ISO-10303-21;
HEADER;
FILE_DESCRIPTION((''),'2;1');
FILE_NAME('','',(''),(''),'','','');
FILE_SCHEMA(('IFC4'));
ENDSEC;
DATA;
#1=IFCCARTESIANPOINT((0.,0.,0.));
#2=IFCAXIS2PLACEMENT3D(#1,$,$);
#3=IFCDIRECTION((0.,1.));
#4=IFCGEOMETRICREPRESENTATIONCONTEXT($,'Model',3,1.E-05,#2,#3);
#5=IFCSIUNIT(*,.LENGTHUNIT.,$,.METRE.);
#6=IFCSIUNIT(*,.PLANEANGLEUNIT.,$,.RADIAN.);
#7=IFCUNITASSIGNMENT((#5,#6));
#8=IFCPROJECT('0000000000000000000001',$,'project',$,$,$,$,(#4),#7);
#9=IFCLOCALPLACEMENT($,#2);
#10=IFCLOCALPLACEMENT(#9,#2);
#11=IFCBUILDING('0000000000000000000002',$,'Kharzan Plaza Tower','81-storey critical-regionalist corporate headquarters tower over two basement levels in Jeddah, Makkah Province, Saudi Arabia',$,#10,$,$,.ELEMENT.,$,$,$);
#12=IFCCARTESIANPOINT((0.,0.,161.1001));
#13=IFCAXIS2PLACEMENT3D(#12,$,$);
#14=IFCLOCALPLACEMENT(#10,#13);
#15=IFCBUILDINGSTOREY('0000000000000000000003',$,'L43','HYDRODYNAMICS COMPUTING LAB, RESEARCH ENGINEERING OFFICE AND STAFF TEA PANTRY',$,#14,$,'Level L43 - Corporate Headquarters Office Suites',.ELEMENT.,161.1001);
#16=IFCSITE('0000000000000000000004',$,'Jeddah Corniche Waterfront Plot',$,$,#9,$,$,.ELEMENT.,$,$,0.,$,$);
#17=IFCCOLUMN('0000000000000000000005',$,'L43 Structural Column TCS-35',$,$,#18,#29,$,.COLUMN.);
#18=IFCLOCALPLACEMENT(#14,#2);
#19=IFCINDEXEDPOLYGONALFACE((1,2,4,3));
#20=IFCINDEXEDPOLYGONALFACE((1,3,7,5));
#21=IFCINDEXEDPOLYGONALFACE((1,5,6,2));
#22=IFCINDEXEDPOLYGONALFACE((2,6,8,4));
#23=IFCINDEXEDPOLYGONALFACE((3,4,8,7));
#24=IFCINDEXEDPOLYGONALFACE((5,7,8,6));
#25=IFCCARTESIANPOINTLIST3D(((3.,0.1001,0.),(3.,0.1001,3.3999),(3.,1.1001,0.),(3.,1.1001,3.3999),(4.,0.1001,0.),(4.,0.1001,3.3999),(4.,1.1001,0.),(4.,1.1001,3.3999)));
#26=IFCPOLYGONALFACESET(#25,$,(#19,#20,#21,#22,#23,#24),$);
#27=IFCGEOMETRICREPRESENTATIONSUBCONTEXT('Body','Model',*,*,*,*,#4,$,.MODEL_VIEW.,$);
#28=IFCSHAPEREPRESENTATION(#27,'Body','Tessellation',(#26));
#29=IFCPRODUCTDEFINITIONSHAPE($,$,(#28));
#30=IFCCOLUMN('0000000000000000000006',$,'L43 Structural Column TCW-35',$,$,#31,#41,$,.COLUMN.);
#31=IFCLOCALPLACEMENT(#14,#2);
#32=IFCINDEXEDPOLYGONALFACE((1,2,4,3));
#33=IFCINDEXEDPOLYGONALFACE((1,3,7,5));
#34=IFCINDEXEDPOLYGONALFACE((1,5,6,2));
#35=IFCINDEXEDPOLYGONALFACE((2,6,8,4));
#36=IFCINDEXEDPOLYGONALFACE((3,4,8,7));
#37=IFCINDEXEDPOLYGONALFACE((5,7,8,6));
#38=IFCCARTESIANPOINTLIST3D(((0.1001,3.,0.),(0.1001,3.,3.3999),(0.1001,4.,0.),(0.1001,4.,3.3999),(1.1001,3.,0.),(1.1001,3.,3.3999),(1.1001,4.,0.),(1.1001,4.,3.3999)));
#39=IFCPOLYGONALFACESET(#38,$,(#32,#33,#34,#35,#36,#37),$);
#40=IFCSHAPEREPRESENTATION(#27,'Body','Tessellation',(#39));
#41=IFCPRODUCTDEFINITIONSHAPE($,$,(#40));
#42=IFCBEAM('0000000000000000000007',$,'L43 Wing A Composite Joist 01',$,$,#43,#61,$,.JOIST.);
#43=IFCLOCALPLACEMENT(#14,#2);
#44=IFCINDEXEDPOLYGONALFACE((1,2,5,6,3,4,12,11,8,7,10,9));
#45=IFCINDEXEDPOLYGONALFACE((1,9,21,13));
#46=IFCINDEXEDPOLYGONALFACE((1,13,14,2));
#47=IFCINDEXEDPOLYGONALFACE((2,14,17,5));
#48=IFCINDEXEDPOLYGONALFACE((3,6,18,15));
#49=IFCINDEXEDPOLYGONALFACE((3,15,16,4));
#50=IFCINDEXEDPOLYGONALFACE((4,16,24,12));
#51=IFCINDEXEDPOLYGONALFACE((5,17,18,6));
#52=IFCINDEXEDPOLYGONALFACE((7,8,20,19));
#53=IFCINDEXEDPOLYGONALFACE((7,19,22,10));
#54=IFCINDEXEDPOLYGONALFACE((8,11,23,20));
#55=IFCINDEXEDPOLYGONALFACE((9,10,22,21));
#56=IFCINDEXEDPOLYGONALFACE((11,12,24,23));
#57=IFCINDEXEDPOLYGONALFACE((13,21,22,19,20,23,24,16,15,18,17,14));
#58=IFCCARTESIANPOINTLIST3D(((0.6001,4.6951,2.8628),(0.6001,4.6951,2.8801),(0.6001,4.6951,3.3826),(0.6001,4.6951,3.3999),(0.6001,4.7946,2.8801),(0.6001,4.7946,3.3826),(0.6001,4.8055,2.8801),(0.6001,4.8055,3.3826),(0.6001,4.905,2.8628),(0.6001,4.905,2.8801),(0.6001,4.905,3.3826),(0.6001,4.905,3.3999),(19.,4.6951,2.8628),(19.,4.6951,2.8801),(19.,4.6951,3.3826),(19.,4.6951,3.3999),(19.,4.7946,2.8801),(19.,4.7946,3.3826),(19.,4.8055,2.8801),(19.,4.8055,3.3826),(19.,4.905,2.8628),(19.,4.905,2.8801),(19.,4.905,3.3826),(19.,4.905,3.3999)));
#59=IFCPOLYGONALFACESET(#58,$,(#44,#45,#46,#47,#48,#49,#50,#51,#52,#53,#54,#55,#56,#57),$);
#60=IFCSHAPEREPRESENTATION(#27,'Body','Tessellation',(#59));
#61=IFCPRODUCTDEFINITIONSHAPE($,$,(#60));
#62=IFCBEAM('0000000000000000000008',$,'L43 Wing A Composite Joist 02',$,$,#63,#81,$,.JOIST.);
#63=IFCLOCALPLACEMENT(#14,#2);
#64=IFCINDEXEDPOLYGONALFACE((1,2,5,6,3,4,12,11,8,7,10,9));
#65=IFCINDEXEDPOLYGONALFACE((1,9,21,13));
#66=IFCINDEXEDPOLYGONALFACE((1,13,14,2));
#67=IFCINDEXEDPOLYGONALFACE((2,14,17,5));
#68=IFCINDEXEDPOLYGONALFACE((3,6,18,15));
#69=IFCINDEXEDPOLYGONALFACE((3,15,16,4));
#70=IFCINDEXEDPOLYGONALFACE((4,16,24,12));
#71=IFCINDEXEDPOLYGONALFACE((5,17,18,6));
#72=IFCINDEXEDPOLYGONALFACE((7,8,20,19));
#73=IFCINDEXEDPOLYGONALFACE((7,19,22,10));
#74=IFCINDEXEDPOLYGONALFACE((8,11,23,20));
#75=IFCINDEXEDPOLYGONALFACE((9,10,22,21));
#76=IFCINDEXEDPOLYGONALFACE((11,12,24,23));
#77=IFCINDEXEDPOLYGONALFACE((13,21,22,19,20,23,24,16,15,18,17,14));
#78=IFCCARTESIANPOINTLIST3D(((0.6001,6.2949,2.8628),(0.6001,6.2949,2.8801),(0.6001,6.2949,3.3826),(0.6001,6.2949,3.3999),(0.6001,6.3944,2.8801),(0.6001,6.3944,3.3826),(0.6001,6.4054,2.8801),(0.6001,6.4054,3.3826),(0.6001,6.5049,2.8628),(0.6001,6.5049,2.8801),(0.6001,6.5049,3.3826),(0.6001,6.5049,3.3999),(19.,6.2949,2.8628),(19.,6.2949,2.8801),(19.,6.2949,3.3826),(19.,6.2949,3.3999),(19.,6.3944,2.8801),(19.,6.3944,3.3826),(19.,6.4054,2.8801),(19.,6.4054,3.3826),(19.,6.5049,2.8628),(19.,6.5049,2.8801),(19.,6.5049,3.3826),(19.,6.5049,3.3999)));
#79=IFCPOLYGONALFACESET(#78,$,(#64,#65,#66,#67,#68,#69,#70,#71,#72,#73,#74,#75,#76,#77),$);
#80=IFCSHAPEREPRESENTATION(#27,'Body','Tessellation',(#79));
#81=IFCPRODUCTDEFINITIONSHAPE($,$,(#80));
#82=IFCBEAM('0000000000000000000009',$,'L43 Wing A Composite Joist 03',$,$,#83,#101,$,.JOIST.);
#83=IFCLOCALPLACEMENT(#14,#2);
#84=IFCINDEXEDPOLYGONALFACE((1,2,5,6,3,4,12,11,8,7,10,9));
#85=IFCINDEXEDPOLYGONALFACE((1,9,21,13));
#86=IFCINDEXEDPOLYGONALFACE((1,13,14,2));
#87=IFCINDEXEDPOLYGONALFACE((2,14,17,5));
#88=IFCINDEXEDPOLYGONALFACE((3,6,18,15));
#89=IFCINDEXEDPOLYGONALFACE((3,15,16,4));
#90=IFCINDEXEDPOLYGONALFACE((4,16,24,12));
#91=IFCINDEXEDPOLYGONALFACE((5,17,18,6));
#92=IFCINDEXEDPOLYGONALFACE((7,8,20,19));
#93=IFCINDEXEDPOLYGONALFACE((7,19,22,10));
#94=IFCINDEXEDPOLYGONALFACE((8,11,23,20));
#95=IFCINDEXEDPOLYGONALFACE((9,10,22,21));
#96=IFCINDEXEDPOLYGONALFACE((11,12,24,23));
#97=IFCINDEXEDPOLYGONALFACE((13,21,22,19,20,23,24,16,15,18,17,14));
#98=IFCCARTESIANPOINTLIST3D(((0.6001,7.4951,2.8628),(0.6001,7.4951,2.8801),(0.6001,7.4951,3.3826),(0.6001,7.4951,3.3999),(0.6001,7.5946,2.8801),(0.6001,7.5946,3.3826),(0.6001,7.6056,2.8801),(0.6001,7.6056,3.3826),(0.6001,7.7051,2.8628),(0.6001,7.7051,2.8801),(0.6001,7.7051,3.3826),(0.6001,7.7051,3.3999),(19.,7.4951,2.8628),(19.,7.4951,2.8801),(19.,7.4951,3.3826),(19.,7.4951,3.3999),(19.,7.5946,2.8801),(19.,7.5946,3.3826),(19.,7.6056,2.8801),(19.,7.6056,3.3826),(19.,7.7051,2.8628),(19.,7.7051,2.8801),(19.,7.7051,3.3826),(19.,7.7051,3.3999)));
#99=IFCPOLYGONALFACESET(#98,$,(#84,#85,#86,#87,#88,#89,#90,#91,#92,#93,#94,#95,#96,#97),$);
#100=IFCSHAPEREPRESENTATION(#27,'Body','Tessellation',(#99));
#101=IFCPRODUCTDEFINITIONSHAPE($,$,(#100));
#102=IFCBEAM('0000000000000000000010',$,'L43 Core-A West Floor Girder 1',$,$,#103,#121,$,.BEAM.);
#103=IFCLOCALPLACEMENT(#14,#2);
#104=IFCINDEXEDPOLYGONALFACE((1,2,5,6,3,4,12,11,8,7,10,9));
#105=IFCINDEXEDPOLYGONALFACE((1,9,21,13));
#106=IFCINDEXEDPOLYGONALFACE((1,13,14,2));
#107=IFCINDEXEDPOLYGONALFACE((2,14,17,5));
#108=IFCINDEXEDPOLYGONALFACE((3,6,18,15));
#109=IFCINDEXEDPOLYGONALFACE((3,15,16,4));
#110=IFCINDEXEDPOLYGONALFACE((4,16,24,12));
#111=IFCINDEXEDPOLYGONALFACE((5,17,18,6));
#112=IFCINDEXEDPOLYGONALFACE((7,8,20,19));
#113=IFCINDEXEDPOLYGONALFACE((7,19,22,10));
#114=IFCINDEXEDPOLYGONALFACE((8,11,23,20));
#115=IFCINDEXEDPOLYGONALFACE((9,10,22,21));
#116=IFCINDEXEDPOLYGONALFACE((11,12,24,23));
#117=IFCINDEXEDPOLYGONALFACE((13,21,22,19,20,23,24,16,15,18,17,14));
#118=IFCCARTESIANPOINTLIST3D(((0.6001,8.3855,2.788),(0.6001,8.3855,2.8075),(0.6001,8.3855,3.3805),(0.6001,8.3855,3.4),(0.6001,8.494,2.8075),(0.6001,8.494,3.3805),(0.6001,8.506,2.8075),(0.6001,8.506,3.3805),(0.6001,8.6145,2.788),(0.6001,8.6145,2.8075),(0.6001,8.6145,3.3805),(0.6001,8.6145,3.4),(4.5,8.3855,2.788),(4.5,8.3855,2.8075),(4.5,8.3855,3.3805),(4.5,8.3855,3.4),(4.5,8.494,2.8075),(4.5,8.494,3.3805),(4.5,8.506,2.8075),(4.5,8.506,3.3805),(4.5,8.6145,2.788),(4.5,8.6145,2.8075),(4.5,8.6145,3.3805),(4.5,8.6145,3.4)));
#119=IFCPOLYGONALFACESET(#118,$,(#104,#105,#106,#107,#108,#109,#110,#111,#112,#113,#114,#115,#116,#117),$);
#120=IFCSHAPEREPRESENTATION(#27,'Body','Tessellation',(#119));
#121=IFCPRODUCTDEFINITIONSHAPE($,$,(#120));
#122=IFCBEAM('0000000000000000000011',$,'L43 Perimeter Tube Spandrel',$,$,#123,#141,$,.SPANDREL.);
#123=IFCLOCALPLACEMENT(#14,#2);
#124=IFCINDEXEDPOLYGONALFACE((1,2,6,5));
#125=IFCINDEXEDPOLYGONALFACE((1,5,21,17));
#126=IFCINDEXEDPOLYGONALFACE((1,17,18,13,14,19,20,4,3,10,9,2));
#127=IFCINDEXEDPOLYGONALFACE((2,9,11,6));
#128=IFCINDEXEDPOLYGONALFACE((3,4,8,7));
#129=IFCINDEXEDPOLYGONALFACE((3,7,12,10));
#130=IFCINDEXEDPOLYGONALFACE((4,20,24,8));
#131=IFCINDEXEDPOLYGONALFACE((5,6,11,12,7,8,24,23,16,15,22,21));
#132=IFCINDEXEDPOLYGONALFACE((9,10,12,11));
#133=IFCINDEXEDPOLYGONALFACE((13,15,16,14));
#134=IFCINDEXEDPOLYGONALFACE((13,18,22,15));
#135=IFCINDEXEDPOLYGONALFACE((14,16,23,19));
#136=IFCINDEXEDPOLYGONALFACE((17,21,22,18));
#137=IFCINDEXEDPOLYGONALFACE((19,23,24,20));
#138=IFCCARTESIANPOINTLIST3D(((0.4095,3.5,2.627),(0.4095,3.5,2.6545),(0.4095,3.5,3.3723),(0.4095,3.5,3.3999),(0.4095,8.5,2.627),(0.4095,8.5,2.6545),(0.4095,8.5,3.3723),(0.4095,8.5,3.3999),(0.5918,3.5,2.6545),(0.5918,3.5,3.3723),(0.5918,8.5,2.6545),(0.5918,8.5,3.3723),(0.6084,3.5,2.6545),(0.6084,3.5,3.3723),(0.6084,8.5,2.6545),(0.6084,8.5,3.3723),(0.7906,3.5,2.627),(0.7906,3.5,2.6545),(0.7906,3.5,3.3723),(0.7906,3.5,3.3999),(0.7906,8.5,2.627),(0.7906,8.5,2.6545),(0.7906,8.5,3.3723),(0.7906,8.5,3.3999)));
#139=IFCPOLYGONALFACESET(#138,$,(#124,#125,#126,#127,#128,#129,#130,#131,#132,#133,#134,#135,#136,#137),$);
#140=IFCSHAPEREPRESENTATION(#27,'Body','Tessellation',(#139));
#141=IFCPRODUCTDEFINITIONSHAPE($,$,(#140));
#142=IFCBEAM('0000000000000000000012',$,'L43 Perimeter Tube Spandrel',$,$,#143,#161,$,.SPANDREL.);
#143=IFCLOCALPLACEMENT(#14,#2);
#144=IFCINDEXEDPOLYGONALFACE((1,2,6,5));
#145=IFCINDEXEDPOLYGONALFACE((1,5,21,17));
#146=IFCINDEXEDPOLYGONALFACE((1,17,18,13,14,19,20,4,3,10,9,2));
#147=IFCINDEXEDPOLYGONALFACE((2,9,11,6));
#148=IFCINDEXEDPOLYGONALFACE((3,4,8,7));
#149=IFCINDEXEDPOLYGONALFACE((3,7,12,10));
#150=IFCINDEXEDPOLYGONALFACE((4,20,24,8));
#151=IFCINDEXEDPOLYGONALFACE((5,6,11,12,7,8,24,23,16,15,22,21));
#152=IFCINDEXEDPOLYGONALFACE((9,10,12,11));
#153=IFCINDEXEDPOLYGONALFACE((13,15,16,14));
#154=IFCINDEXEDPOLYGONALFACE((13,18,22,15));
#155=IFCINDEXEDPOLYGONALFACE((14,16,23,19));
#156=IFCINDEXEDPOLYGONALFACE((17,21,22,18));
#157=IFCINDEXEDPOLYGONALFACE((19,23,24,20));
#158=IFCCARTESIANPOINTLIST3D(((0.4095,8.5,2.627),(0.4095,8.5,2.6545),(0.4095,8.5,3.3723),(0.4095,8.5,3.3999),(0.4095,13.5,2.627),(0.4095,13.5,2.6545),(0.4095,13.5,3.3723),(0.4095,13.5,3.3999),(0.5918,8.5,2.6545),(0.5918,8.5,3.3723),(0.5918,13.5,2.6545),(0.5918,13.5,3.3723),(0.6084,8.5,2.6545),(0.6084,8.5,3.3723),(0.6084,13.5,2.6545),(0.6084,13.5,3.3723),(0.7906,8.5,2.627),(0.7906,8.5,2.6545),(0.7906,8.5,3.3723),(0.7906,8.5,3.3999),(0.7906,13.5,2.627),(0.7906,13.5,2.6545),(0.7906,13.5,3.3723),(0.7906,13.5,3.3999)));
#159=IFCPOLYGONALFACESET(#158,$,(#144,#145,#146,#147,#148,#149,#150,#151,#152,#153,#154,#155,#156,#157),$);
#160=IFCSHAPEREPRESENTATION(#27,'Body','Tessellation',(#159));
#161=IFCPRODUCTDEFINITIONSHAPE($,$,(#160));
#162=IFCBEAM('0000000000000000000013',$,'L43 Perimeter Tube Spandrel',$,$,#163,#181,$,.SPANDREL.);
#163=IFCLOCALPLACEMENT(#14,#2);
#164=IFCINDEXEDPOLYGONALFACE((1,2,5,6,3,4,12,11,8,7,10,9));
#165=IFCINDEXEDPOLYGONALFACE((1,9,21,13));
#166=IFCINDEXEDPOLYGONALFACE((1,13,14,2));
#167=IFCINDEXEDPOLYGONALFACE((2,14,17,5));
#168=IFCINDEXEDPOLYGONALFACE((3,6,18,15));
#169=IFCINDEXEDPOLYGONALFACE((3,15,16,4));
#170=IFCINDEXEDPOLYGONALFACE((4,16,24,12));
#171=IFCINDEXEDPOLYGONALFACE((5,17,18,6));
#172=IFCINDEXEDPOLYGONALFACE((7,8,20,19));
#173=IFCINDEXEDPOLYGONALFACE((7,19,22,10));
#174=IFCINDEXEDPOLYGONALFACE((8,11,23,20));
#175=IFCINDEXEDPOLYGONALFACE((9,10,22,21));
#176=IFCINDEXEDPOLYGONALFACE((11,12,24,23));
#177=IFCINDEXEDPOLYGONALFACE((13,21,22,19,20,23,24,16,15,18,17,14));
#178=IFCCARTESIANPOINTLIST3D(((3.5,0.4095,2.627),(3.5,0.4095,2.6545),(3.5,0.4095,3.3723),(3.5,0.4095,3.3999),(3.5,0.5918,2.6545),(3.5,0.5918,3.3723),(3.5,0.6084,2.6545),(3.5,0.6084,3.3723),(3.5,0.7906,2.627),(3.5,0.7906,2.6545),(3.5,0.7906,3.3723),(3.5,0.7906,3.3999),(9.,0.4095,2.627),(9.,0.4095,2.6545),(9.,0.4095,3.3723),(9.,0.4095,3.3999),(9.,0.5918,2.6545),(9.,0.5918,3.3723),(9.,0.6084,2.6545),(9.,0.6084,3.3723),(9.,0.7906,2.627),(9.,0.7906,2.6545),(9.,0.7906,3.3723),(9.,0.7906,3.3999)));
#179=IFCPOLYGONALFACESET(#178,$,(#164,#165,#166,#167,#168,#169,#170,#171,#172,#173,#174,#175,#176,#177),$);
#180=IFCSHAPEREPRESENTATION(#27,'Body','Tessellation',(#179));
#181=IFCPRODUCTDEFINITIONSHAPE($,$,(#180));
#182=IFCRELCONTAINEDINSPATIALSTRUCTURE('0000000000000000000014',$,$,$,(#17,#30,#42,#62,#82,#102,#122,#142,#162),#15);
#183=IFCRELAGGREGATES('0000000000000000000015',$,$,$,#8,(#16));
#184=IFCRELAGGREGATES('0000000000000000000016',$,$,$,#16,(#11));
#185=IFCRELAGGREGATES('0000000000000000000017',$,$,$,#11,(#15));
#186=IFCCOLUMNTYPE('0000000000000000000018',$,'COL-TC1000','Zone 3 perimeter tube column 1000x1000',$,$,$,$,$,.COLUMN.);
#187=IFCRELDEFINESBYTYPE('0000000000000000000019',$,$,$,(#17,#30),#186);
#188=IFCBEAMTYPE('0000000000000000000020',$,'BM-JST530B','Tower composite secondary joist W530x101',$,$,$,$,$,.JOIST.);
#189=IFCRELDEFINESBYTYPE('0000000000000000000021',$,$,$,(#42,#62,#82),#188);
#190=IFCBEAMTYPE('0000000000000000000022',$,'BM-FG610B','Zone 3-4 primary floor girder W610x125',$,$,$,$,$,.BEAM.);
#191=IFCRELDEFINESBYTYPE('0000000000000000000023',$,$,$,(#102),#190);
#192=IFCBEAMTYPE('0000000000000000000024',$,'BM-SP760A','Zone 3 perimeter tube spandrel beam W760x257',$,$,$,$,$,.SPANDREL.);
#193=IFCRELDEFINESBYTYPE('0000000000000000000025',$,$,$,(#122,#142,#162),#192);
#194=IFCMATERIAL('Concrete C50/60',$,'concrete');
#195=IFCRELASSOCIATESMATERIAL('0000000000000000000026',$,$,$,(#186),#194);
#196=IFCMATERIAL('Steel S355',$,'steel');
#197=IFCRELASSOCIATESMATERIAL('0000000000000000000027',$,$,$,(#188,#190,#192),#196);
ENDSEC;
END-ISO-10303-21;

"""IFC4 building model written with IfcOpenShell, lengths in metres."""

from ifc_helpers import new_model, si_unit, direction, frame, origin, origin_2d, place, context, subcontext, project, spatial, rectangle, i_section, extrude, source, transform, mapped, material, material_profile, profile_set, type_object, element, save


model = new_model("IFC4")

# Units and contexts
model_context = context("Model", 3, precision=1e-05, world=origin(), true_north=direction((0.0, 1.0)))
body_context = subcontext(model_context, "Body", "Model", "MODEL_VIEW")
ifc_project = project(units=[si_unit("LENGTHUNIT", "METRE"), si_unit("PLANEANGLEUNIT", "RADIAN")], contexts=[model_context])

# Site, building, storey
site_placement = place(None, origin())
site = spatial("IfcSite", under=ifc_project, at=site_placement, Name="Jeddah Corniche Waterfront Plot", CompositionType="ELEMENT", RefElevation=0.0)
building_placement = place(site_placement, origin())
building = spatial("IfcBuilding", under=site, at=building_placement, Name="Kharzan Plaza Tower", Description="81-storey critical-regionalist corporate headquarters tower over two basement levels in Jeddah, Makkah Province, Saudi Arabia", CompositionType="ELEMENT")
storey_placement = place(building_placement, frame((0.0, 0.0, 161.1001)))
storey = spatial("IfcBuildingStorey", under=building, at=storey_placement, Name="L43", Description="HYDRODYNAMICS COMPUTING LAB, RESEARCH ENGINEERING OFFICE AND STAFF TEA PANTRY", LongName="Level L43 - Corporate Headquarters Office Suites", CompositionType="ELEMENT", Elevation=161.1001)

# Columns
ifc_material_1 = material(Name="Concrete C50/60", Category="concrete")
ifc_material_profile_1 = material_profile(ifc_material_1, rectangle(XDim=1.0, YDim=1.0, at=origin_2d()), Name="RC-TC1000x1000")
ifc_profile_set_1 = profile_set([ifc_material_profile_1], Name="Concrete C50/60")
column_type = type_object("IfcColumnType", Name="COL-TC1000", Description="Zone 3 perimeter tube column 1000x1000", PredefinedType="COLUMN", material=ifc_profile_set_1)
shared_shape_1 = source(origin(), body_context, "Body", "SweptSolid", [
    extrude(rectangle(XDim=1.0, YDim=1.0, at=origin_2d()), origin(), (0.0, 0.0, 1.0), 3.3999),
])
for number, where, z_axis, x_axis, name in (
    (1, (3.5, 0.6001, 0.0), (0.0, 0.0, 1.0), (1.0, 0.0, 0.0), "L43 Structural Column TCS-35"),
    (2, (0.6001, 3.5, 0.0), (0.0, 0.0, 1.0), (1.0, 0.0, 0.0), "L43 Structural Column TCW-35"),
):
    element("IfcColumn", number, at=place(storey_placement, frame(where, z_axis=z_axis, x_axis=x_axis)), inside=storey, type_object=column_type, Name=name, PredefinedType="COLUMN", context=body_context, shape_type="MappedRepresentation", body=[
        mapped(shared_shape_1, transform((0.0, 0.0, 0.0), x_axis=(1.0, 0.0, 0.0), y_axis=(0.0, 1.0, 0.0), z_axis=(0.0, 0.0, 1.0))),
    ])

# Beams
ifc_material_2 = material(Name="Steel S355", Category="steel")
ifc_material_profile_2 = material_profile(ifc_material_2, i_section(OverallWidth=0.21, OverallDepth=0.5371, WebThickness=0.011, FlangeThickness=0.0173, at=origin_2d()), Name="W530x101")
ifc_profile_set_2 = profile_set([ifc_material_profile_2], Name="Steel S355")
beam_type_1 = type_object("IfcBeamType", Name="BM-JST530B", Description="Tower composite secondary joist W530x101", PredefinedType="JOIST", material=ifc_profile_set_2)
shared_shape_2 = source(origin(), body_context, "Body", "SweptSolid", [
    extrude(i_section(OverallWidth=0.21, OverallDepth=0.5371, WebThickness=0.011, FlangeThickness=0.0173, at=origin_2d()), origin(), (0.0, 0.0, 1.0), 18.3999),
])
for number, where, z_axis, x_axis, name in (
    (3, (0.6001, 4.8, 3.1313), (1.0, 0.0, 0.0), (0.0, 1.0, 0.0), "L43 Wing A Composite Joist 01"),
    (4, (0.6001, 6.3999, 3.1313), (1.0, 0.0, 0.0), (0.0, 1.0, 0.0), "L43 Wing A Composite Joist 02"),
    (5, (0.6001, 7.6001, 3.1313), (1.0, 0.0, 0.0), (0.0, 1.0, 0.0), "L43 Wing A Composite Joist 03"),
):
    element("IfcBeam", number, at=place(storey_placement, frame(where, z_axis=z_axis, x_axis=x_axis)), inside=storey, type_object=beam_type_1, Name=name, PredefinedType="JOIST", context=body_context, shape_type="MappedRepresentation", body=[
        mapped(shared_shape_2, transform((0.0, 0.0, 0.0), x_axis=(1.0, 0.0, 0.0), y_axis=(0.0, 1.0, 0.0), z_axis=(0.0, 0.0, 1.0))),
    ])
ifc_material_profile_3 = material_profile(ifc_material_2, i_section(OverallWidth=0.229, OverallDepth=0.6121, WebThickness=0.012, FlangeThickness=0.0195, at=origin_2d()), Name="W610x125")
ifc_profile_set_3 = profile_set([ifc_material_profile_3], Name="Steel S355")
beam_type_2 = type_object("IfcBeamType", Name="BM-FG610B", Description="Zone 3-4 primary floor girder W610x125", PredefinedType="BEAM", material=ifc_profile_set_3)
shared_shape_3 = source(origin(), body_context, "Body", "SweptSolid", [
    extrude(i_section(OverallWidth=0.229, OverallDepth=0.6121, WebThickness=0.012, FlangeThickness=0.0195, at=origin_2d()), origin(), (0.0, 0.0, 1.0), 3.8999),
])
beam_1_placement = place(storey_placement, frame((0.6001, 8.5, 3.094), z_axis=(1.0, 0.0, 0.0), x_axis=(0.0, 1.0, 0.0)))
element("IfcBeam", 6, at=beam_1_placement, inside=storey, type_object=beam_type_2, Name="L43 Core-A West Floor Girder 1", PredefinedType="BEAM", context=body_context, shape_type="MappedRepresentation", body=[
    mapped(shared_shape_3, transform((0.0, 0.0, 0.0), x_axis=(1.0, 0.0, 0.0), y_axis=(0.0, 1.0, 0.0), z_axis=(0.0, 0.0, 1.0))),
])
ifc_material_profile_4 = material_profile(ifc_material_2, i_section(OverallWidth=0.3811, OverallDepth=0.7729, WebThickness=0.0166, FlangeThickness=0.0276, at=origin_2d()), Name="W760x257")
ifc_profile_set_4 = profile_set([ifc_material_profile_4], Name="Steel S355")
beam_type_3 = type_object("IfcBeamType", Name="BM-SP760A", Description="Zone 3 perimeter tube spandrel beam W760x257", PredefinedType="SPANDREL", material=ifc_profile_set_4)
shared_shape_4 = source(origin(), body_context, "Body", "SweptSolid", [
    extrude(i_section(OverallWidth=0.3811, OverallDepth=0.7729, WebThickness=0.0166, FlangeThickness=0.0276, at=origin_2d()), origin(), (0.0, 0.0, 1.0), 5.0),
])
for number, where, z_axis, x_axis, name in (
    (7, (0.6001, 3.5, 3.0134), (0.0, 1.0, 0.0), (-1.0, 0.0, 0.0), "L43 Perimeter Tube Spandrel"),
    (8, (0.6001, 8.5, 3.0134), (0.0, 1.0, 0.0), (-1.0, 0.0, 0.0), "L43 Perimeter Tube Spandrel"),
):
    element("IfcBeam", number, at=place(storey_placement, frame(where, z_axis=z_axis, x_axis=x_axis)), inside=storey, type_object=beam_type_3, Name=name, PredefinedType="SPANDREL", context=body_context, shape_type="MappedRepresentation", body=[
        mapped(shared_shape_4, transform((0.0, 0.0, 0.0), x_axis=(1.0, 0.0, 0.0), y_axis=(0.0, 1.0, 0.0), z_axis=(0.0, 0.0, 1.0))),
    ])
shared_shape_5 = source(origin(), body_context, "Body", "SweptSolid", [
    extrude(i_section(OverallWidth=0.3811, OverallDepth=0.7729, WebThickness=0.0166, FlangeThickness=0.0276, at=origin_2d()), origin(), (0.0, 0.0, 1.0), 5.5),
])
beam_2_placement = place(storey_placement, frame((3.5, 0.6001, 3.0134), z_axis=(1.0, 0.0, 0.0), x_axis=(0.0, 1.0, 0.0)))
element("IfcBeam", 9, at=beam_2_placement, inside=storey, type_object=beam_type_3, Name="L43 Perimeter Tube Spandrel", PredefinedType="SPANDREL", context=body_context, shape_type="MappedRepresentation", body=[
    mapped(shared_shape_5, transform((0.0, 0.0, 0.0), x_axis=(1.0, 0.0, 0.0), y_axis=(0.0, 1.0, 0.0), z_axis=(0.0, 0.0, 1.0))),
])

save(model, "model.ifc")
